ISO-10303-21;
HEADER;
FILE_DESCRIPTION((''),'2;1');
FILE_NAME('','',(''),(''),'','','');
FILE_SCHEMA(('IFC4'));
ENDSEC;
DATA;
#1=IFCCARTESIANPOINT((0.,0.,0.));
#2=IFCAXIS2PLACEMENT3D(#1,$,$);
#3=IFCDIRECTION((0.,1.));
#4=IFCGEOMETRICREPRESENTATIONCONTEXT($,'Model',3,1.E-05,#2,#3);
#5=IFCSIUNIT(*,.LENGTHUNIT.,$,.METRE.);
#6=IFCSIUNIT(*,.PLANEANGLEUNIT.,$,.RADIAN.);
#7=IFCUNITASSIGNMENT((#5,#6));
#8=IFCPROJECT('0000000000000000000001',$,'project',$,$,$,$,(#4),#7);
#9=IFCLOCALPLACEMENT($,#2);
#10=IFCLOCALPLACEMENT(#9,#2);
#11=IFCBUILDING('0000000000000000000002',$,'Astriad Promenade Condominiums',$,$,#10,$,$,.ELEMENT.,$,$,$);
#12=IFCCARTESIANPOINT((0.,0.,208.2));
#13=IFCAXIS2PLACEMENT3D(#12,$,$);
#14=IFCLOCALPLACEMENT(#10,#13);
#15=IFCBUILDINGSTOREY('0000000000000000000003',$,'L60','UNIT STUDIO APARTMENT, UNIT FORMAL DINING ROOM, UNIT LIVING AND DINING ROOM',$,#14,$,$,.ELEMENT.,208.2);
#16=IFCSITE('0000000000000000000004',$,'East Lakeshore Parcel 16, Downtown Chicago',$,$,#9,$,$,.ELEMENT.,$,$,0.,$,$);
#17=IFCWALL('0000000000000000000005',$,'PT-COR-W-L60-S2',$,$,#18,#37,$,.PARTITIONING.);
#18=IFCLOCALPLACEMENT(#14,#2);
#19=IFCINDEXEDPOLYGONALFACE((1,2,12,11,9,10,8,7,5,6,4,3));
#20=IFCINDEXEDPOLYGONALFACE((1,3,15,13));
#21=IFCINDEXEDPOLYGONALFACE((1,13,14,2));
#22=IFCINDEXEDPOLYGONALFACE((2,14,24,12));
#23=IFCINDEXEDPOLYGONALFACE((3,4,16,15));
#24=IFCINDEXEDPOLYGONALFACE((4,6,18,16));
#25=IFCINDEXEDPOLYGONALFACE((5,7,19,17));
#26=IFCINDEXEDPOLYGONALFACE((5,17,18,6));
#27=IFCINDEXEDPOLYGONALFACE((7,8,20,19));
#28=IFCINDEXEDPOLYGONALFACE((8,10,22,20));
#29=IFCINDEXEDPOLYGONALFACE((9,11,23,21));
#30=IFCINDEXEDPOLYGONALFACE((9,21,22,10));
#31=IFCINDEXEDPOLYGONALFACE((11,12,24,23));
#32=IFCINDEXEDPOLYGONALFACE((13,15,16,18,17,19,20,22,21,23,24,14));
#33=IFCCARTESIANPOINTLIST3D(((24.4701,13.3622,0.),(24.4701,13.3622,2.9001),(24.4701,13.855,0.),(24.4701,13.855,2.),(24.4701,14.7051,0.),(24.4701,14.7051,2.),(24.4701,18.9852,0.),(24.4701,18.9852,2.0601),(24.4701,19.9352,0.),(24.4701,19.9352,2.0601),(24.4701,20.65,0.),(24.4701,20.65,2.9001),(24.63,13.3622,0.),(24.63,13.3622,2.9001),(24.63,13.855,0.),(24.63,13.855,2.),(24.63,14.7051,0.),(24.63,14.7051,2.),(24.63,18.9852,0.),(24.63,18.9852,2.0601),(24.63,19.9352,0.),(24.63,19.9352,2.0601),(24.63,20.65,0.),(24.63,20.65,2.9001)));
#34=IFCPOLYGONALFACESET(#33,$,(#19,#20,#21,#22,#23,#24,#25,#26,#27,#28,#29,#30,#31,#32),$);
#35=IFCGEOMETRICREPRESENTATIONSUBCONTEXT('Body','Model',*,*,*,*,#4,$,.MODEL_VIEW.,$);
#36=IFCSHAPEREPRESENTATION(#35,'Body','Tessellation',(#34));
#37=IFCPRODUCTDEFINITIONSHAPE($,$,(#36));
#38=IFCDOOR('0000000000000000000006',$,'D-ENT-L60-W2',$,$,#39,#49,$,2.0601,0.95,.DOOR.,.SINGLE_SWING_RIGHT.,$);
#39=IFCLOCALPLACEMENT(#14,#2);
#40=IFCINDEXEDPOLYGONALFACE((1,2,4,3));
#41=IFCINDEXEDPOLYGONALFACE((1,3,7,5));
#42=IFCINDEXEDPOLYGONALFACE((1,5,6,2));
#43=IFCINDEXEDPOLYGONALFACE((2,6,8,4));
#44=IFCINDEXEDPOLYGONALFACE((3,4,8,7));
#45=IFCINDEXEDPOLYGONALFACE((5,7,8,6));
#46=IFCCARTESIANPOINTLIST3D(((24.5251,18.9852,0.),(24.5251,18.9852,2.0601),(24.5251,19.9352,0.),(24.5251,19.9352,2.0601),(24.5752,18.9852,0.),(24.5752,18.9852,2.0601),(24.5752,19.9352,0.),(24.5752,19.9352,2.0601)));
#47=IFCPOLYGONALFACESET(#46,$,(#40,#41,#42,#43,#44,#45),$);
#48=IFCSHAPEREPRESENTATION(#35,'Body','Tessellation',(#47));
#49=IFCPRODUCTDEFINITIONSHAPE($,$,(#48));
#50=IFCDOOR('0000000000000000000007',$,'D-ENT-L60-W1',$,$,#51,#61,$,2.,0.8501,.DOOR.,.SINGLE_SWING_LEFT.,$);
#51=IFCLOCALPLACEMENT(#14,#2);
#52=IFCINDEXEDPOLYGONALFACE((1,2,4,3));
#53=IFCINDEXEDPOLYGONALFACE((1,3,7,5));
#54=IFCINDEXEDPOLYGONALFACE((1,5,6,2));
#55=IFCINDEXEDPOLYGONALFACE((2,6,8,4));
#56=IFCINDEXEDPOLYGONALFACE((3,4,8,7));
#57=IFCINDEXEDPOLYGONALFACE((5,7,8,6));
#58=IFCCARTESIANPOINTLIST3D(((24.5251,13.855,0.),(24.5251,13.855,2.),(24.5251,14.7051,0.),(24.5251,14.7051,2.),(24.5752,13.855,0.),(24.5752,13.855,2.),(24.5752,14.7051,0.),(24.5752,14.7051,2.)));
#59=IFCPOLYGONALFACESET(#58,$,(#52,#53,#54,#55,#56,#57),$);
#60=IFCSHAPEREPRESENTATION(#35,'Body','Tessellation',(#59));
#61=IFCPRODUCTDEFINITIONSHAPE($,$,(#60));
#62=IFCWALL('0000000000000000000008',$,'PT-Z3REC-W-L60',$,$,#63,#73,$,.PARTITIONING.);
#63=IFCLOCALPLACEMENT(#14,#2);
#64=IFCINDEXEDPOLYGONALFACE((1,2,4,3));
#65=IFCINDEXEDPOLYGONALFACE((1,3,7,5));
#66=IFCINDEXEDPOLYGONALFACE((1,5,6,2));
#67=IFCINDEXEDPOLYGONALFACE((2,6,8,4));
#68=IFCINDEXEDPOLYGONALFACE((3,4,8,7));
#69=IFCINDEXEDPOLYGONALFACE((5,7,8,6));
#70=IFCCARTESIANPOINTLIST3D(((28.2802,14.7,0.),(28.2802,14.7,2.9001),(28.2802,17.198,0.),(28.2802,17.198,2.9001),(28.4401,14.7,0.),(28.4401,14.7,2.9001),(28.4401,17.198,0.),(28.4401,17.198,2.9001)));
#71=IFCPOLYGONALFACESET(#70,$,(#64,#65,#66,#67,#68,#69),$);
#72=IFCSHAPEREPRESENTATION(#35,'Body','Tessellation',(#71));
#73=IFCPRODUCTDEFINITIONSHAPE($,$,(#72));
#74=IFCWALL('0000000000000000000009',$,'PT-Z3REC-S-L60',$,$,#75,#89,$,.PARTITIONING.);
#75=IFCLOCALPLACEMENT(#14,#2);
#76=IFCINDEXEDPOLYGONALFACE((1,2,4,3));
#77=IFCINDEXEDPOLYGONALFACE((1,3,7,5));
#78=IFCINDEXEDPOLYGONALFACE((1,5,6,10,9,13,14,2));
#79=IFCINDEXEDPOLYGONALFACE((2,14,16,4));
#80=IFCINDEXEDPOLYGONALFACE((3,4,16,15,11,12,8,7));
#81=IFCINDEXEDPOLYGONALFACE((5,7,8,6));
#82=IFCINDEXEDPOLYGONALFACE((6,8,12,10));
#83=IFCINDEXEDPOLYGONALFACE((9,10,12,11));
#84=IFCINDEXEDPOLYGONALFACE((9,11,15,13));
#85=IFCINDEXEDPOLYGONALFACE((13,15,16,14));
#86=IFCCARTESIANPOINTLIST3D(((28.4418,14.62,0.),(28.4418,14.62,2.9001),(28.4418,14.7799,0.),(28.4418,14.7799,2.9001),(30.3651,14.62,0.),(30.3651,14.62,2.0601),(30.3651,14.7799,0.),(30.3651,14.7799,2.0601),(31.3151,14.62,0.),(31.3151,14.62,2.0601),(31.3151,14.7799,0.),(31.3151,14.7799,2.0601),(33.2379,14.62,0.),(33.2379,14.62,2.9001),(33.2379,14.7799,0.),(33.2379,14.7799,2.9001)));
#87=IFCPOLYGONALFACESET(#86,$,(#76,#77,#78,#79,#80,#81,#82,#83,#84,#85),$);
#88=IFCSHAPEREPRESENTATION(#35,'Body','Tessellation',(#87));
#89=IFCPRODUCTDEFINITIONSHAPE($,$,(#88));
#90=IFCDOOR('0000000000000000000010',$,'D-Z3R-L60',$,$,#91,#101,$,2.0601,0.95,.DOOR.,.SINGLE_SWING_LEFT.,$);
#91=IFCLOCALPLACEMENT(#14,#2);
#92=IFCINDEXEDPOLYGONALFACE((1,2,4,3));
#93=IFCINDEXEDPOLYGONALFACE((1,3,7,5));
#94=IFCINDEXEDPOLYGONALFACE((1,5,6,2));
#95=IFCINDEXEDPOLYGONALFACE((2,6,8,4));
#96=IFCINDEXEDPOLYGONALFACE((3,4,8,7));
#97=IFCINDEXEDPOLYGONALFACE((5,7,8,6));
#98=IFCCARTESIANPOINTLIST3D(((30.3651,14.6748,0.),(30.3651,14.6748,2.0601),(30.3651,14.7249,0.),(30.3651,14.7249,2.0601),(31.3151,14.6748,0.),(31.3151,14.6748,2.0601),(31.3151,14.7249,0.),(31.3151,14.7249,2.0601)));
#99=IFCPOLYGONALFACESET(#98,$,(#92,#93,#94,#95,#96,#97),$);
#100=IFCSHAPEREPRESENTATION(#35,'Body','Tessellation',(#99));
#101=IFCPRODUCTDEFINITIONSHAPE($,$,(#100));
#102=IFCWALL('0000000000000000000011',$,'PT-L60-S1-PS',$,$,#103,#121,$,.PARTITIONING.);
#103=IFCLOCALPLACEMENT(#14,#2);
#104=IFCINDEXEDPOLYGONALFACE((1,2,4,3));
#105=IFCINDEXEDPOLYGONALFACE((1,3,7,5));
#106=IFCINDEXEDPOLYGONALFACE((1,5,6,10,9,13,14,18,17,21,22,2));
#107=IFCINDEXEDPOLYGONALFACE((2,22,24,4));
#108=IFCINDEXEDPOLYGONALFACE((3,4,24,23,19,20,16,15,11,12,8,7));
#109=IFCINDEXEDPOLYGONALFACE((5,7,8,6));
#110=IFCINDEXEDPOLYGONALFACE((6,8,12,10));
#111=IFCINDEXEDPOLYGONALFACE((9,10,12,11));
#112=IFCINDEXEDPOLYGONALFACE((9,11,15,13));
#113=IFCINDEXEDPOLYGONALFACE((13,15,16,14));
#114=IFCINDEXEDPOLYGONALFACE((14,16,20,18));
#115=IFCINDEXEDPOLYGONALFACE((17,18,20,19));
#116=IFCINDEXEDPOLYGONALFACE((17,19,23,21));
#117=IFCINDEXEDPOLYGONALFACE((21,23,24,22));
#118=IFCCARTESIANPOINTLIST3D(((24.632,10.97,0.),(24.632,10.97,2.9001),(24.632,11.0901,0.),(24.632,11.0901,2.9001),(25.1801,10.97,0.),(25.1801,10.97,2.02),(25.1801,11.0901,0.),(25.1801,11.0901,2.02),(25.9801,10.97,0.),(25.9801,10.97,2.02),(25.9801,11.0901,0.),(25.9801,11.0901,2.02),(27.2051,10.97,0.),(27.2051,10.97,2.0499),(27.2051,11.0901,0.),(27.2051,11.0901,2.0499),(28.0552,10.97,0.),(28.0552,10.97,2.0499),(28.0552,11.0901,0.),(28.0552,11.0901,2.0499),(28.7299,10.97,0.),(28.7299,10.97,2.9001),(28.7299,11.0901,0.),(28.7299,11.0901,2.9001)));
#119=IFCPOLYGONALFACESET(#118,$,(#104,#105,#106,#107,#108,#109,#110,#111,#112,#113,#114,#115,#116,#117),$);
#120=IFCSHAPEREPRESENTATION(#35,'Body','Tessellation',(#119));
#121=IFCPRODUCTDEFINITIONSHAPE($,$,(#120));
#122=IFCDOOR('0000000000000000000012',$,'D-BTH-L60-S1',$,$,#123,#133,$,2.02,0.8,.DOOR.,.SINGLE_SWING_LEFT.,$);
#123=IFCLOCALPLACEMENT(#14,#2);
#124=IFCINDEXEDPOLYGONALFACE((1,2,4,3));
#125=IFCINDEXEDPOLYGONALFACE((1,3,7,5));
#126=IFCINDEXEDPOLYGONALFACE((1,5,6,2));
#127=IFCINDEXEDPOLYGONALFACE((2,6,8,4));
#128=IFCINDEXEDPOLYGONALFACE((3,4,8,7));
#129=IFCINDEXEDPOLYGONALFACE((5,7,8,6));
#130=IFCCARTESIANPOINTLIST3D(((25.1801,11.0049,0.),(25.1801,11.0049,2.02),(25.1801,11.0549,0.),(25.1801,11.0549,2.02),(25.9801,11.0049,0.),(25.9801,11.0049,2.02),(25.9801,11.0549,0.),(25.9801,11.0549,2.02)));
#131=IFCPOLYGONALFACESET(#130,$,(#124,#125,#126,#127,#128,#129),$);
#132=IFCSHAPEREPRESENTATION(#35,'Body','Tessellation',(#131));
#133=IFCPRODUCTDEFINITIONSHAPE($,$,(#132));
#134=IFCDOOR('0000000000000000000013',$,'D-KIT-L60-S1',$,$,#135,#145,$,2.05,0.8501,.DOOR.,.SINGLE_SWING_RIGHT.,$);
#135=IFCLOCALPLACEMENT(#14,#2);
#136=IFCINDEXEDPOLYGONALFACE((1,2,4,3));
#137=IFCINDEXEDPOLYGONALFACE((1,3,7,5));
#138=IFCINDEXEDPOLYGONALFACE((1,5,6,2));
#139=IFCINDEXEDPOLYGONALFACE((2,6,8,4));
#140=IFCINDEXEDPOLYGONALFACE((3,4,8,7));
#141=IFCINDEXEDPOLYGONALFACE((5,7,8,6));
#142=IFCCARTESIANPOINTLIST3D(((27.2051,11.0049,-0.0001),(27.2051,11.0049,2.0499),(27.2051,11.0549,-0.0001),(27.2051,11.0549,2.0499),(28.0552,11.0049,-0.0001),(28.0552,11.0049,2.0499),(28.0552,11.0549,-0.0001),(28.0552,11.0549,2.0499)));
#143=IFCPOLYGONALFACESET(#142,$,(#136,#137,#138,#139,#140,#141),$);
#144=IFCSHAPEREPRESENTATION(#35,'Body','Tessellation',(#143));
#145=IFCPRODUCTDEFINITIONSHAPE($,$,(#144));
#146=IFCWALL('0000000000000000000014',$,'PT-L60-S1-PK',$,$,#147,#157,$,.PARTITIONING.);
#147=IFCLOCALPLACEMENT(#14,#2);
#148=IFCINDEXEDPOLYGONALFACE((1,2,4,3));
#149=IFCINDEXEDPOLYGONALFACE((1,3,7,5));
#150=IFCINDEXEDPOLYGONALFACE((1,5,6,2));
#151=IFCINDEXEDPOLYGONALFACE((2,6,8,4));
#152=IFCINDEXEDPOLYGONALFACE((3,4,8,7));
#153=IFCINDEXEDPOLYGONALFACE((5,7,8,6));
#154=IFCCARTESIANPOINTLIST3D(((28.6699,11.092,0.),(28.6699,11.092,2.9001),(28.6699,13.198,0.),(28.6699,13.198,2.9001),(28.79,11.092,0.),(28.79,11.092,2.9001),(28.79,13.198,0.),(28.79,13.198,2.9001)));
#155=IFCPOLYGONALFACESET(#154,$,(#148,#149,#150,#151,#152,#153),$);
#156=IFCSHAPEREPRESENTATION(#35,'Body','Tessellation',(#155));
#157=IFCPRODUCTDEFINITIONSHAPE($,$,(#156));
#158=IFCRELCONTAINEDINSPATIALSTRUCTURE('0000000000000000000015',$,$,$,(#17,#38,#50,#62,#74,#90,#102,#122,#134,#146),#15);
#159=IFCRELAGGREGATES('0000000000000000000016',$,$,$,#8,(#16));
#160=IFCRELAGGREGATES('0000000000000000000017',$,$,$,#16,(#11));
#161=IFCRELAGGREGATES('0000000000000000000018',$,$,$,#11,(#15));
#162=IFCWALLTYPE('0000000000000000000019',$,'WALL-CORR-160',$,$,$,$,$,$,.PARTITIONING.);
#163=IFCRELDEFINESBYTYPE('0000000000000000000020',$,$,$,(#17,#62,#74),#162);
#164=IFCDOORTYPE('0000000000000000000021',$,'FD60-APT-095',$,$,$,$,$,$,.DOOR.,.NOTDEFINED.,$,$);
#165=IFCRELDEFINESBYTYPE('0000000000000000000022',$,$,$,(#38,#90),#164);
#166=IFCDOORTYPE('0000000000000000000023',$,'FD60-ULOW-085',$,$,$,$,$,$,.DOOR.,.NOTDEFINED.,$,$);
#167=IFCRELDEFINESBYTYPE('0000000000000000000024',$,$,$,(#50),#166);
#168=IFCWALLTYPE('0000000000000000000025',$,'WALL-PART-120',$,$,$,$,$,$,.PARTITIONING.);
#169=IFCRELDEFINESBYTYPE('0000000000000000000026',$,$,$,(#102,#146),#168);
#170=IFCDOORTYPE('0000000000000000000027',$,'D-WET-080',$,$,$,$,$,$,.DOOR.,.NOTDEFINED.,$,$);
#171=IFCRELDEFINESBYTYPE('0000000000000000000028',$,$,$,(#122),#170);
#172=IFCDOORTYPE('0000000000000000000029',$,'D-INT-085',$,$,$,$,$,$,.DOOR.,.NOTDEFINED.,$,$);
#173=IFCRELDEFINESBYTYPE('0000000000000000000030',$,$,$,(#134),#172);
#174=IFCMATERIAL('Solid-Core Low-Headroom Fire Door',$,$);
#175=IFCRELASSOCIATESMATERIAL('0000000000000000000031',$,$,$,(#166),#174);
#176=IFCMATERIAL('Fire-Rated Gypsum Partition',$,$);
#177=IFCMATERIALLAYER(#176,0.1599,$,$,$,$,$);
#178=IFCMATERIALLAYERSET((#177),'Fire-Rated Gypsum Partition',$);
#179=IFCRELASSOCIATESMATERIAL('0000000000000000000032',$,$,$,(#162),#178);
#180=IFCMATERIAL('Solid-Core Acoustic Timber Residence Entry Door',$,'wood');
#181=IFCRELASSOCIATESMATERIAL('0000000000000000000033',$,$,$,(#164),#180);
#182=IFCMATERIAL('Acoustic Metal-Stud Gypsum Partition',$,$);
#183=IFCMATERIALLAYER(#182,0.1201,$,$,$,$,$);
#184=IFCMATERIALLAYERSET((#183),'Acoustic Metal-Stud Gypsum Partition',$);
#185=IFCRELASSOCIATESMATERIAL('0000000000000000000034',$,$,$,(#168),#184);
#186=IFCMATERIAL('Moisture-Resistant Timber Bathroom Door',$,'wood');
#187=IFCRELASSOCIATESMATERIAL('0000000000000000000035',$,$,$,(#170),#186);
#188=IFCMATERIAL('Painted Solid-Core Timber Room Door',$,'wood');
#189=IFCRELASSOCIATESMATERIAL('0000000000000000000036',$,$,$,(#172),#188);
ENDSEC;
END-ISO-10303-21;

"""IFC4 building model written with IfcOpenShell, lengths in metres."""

from ifc_helpers import new_model, si_unit, direction, frame, frame_2d, origin, place, context, subcontext, project, spatial, rectangle, extrude, source, transform, mapped, material, layer, layer_set, type_object, type_shapes, element, fill, save


model = new_model("IFC4")

# Units and contexts
model_context = context("Model", 3, precision=1e-05, world=origin(), true_north=direction((0.0, 1.0)))
body_context = subcontext(model_context, "Body", "Model", "MODEL_VIEW")
ifc_project = project(units=[si_unit("LENGTHUNIT", "METRE"), si_unit("PLANEANGLEUNIT", "RADIAN")], contexts=[model_context])

# Site, building, storey
site_placement = place(None, origin())
site = spatial("IfcSite", under=ifc_project, at=site_placement, Name="East Lakeshore Parcel 16, Downtown Chicago", CompositionType="ELEMENT", RefElevation=0.0)
building_placement = place(site_placement, origin())
building = spatial("IfcBuilding", under=site, at=building_placement, Name="Astriad Promenade Condominiums", CompositionType="ELEMENT")
storey_placement = place(building_placement, frame((0.0, 0.0, 208.2)))
storey = spatial("IfcBuildingStorey", under=building, at=storey_placement, Name="L60", Description="UNIT STUDIO APARTMENT, UNIT FORMAL DINING ROOM, UNIT LIVING AND DINING ROOM", CompositionType="ELEMENT", Elevation=208.2)

# Shared definitions
ifc_material_1 = material(Name="Solid-Core Low-Headroom Fire Door")
door_type_1 = type_object("IfcDoorType", Name="FD60-ULOW-085", OperationType="NOTDEFINED", PredefinedType="DOOR", material=ifc_material_1)
shared_shape_1 = source(origin(), body_context, "Body", "SweptSolid", [
    extrude(rectangle(XDim=0.8501, YDim=2.0, at=frame_2d((0.425, 1.0))), frame((0.0, 0.0249, 0.0), z_axis=(0.0, -1.0, 0.0), x_axis=(1.0, 0.0, 0.0)), (0.0, 0.0, 1.0), 0.05),
])
type_shapes(door_type_1, [shared_shape_1])
ifc_material_2 = material(Name="Fire-Rated Gypsum Partition")
ifc_layer_1 = layer(ifc_material_2, 0.1599)
ifc_layer_set_1 = layer_set([ifc_layer_1], Name="Fire-Rated Gypsum Partition")
wall_type_1 = type_object("IfcWallType", Name="WALL-CORR-160", PredefinedType="PARTITIONING", material=ifc_layer_set_1)
ifc_material_3 = material(Name="Solid-Core Acoustic Timber Residence Entry Door", Category="wood")
door_type_2 = type_object("IfcDoorType", Name="FD60-APT-095", OperationType="NOTDEFINED", PredefinedType="DOOR", material=ifc_material_3)
shared_shape_2 = source(origin(), body_context, "Body", "SweptSolid", [
    extrude(rectangle(XDim=0.95, YDim=2.0601, at=frame_2d((0.4751, 1.03))), frame((0.0, 0.0249, 0.0), z_axis=(0.0, -1.0, 0.0), x_axis=(1.0, 0.0, 0.0)), (0.0, 0.0, 1.0), 0.05),
])
type_shapes(door_type_2, [shared_shape_2])

# Wall, openings, doors
wall_1_placement = place(storey_placement, frame((24.55, 13.3621, 0.0), z_axis=(0.0, 0.0, 1.0), x_axis=(0.0, 1.0, 0.0)))
wall_1 = element("IfcWall", 1, at=wall_1_placement, inside=storey, type_object=wall_type_1, Name="PT-COR-W-L60-S2", PredefinedType="PARTITIONING", context=body_context, shape_type="SweptSolid", body=[
    extrude(rectangle(XDim=7.2878, YDim=0.1599, at=frame_2d((3.644, 0.0))), origin(), (0.0, 0.0, 1.0), 2.9001),
])
opening_1_placement = place(wall_1_placement, frame((0.4929, 0.0, 0.0)))
opening_1 = element("IfcOpeningElement", 2, at=opening_1_placement, cuts=wall_1, PredefinedType="OPENING", context=body_context, shape_type="SweptSolid", body=[
    extrude(rectangle(XDim=0.8501, YDim=2.0, at=frame_2d((0.425, 1.0))), frame((0.0, 0.0898, 0.0), z_axis=(0.0, -1.0, 0.0), x_axis=(1.0, 0.0, 0.0)), (0.0, 0.0, 1.0), 0.1799),
])
opening_2_placement = place(wall_1_placement, frame((5.623, 0.0, 0.0)))
opening_2 = element("IfcOpeningElement", 3, at=opening_2_placement, cuts=wall_1, PredefinedType="OPENING", context=body_context, shape_type="SweptSolid", body=[
    extrude(rectangle(XDim=0.95, YDim=2.0601, at=frame_2d((0.4751, 1.03))), frame((0.0, 0.0898, 0.0), z_axis=(0.0, -1.0, 0.0), x_axis=(1.0, 0.0, 0.0)), (0.0, 0.0, 1.0), 0.1799),
])
door_1_placement = place(opening_2_placement, origin())
door_1 = element("IfcDoor", 4, at=door_1_placement, inside=storey, type_object=door_type_2, Name="D-ENT-L60-W2", OperationType="SINGLE_SWING_RIGHT", OverallHeight=2.0601, OverallWidth=0.95, PredefinedType="DOOR", context=body_context, shape_type="MappedRepresentation", body=[
    mapped(shared_shape_2, transform((0.0, 0.0, 0.0), scale=1.0)),
])
fill(opening_2, door_1)
door_2_placement = place(opening_1_placement, origin())
door_2 = element("IfcDoor", 5, at=door_2_placement, inside=storey, type_object=door_type_1, Name="D-ENT-L60-W1", OperationType="SINGLE_SWING_LEFT", OverallHeight=2.0, OverallWidth=0.8501, PredefinedType="DOOR", context=body_context, shape_type="MappedRepresentation", body=[
    mapped(shared_shape_1, transform((0.0, 0.0, 0.0), scale=1.0)),
])
fill(opening_1, door_2)

# Wall
wall_2_placement = place(storey_placement, frame((28.3601, 14.7, 0.0), z_axis=(0.0, 0.0, 1.0), x_axis=(0.0, 1.0, 0.0)))
element("IfcWall", 6, at=wall_2_placement, inside=storey, type_object=wall_type_1, Name="PT-Z3REC-W-L60", PredefinedType="PARTITIONING", context=body_context, shape_type="SweptSolid", body=[
    extrude(rectangle(XDim=2.498, YDim=0.1599, at=frame_2d((1.249, 0.0))), origin(), (0.0, 0.0, 1.0), 2.9001),
])

# Wall, opening, door
wall_3_placement = place(storey_placement, frame((28.4419, 14.7, 0.0), z_axis=(0.0, 0.0, 1.0), x_axis=(1.0, 0.0, 0.0)))
wall_3 = element("IfcWall", 7, at=wall_3_placement, inside=storey, type_object=wall_type_1, Name="PT-Z3REC-S-L60", PredefinedType="PARTITIONING", context=body_context, shape_type="SweptSolid", body=[
    extrude(rectangle(XDim=4.7961, YDim=0.1599, at=frame_2d((2.3979, 0.0))), origin(), (0.0, 0.0, 1.0), 2.9001),
])
opening_3_placement = place(wall_3_placement, frame((1.9231, 0.0, 0.0)))
opening_3 = element("IfcOpeningElement", 8, at=opening_3_placement, cuts=wall_3, PredefinedType="OPENING", context=body_context, shape_type="SweptSolid", body=[
    extrude(rectangle(XDim=0.95, YDim=2.0601, at=frame_2d((0.4751, 1.03))), frame((0.0, 0.0898, 0.0), z_axis=(0.0, -1.0, 0.0), x_axis=(1.0, 0.0, 0.0)), (0.0, 0.0, 1.0), 0.1799),
])
door_3_placement = place(opening_3_placement, origin())
door_3 = element("IfcDoor", 9, at=door_3_placement, inside=storey, type_object=door_type_2, Name="D-Z3R-L60", OperationType="SINGLE_SWING_LEFT", OverallHeight=2.0601, OverallWidth=0.95, PredefinedType="DOOR", context=body_context, shape_type="MappedRepresentation", body=[
    mapped(shared_shape_2, transform((0.0, 0.0, 0.0), scale=1.0)),
])
fill(opening_3, door_3)

# Wall, openings, doors
ifc_material_4 = material(Name="Acoustic Metal-Stud Gypsum Partition")
ifc_layer_2 = layer(ifc_material_4, 0.1201)
ifc_layer_set_2 = layer_set([ifc_layer_2], Name="Acoustic Metal-Stud Gypsum Partition")
wall_type_2 = type_object("IfcWallType", Name="WALL-PART-120", PredefinedType="PARTITIONING", material=ifc_layer_set_2)
wall_4_placement = place(storey_placement, frame((24.6321, 11.03, 0.0), z_axis=(0.0, 0.0, 1.0), x_axis=(1.0, 0.0, 0.0)))
wall_4 = element("IfcWall", 10, at=wall_4_placement, inside=storey, type_object=wall_type_2, Name="PT-L60-S1-PS", PredefinedType="PARTITIONING", context=body_context, shape_type="SweptSolid", body=[
    extrude(rectangle(XDim=4.0979, YDim=0.1201, at=frame_2d((2.0488, 0.0))), origin(), (0.0, 0.0, 1.0), 2.9001),
])
opening_4_placement = place(wall_4_placement, frame((0.5481, 0.0, 0.0)))
opening_4 = element("IfcOpeningElement", 11, at=opening_4_placement, cuts=wall_4, PredefinedType="OPENING", context=body_context, shape_type="SweptSolid", body=[
    extrude(rectangle(XDim=0.8, YDim=2.02, at=frame_2d((0.3999, 1.01))), frame((0.0, 0.0701, 0.0), z_axis=(0.0, -1.0, 0.0), x_axis=(1.0, 0.0, 0.0)), (0.0, 0.0, 1.0), 0.1401),
])
opening_5_placement = place(wall_4_placement, frame((2.573, 0.0, 0.0)))
opening_5 = element("IfcOpeningElement", 12, at=opening_5_placement, cuts=wall_4, PredefinedType="OPENING", context=body_context, shape_type="SweptSolid", body=[
    extrude(rectangle(XDim=0.8501, YDim=2.05, at=frame_2d((0.425, 1.0249))), frame((0.0, 0.0701, 0.0), z_axis=(0.0, -1.0, 0.0), x_axis=(1.0, 0.0, 0.0)), (0.0, 0.0, 1.0), 0.1401),
])
ifc_material_5 = material(Name="Moisture-Resistant Timber Bathroom Door", Category="wood")
door_type_3 = type_object("IfcDoorType", Name="D-WET-080", OperationType="NOTDEFINED", PredefinedType="DOOR", material=ifc_material_5)
shared_shape_3 = source(origin(), body_context, "Body", "SweptSolid", [
    extrude(rectangle(XDim=0.8, YDim=2.02, at=frame_2d((0.3999, 1.01))), frame((0.0, 0.0249, 0.0), z_axis=(0.0, -1.0, 0.0), x_axis=(1.0, 0.0, 0.0)), (0.0, 0.0, 1.0), 0.05),
])
type_shapes(door_type_3, [shared_shape_3])
door_4_placement = place(opening_4_placement, origin())
door_4 = element("IfcDoor", 13, at=door_4_placement, inside=storey, type_object=door_type_3, Name="D-BTH-L60-S1", OperationType="SINGLE_SWING_LEFT", OverallHeight=2.02, OverallWidth=0.8, PredefinedType="DOOR", context=body_context, shape_type="MappedRepresentation", body=[
    mapped(shared_shape_3, transform((0.0, 0.0, 0.0), scale=1.0)),
])
fill(opening_4, door_4)
ifc_material_6 = material(Name="Painted Solid-Core Timber Room Door", Category="wood")
door_type_4 = type_object("IfcDoorType", Name="D-INT-085", OperationType="NOTDEFINED", PredefinedType="DOOR", material=ifc_material_6)
shared_shape_4 = source(origin(), body_context, "Body", "SweptSolid", [
    extrude(rectangle(XDim=0.8501, YDim=2.05, at=frame_2d((0.425, 1.0249))), frame((0.0, 0.0249, 0.0), z_axis=(0.0, -1.0, 0.0), x_axis=(1.0, 0.0, 0.0)), (0.0, 0.0, 1.0), 0.05),
])
type_shapes(door_type_4, [shared_shape_4])
door_5_placement = place(opening_5_placement, origin())
door_5 = element("IfcDoor", 14, at=door_5_placement, inside=storey, type_object=door_type_4, Name="D-KIT-L60-S1", OperationType="SINGLE_SWING_RIGHT", OverallHeight=2.05, OverallWidth=0.8501, PredefinedType="DOOR", context=body_context, shape_type="MappedRepresentation", body=[
    mapped(shared_shape_4, transform((0.0, 0.0, 0.0), scale=1.0)),
])
fill(opening_5, door_5)

# Wall
for number, where, z_axis, x_axis, name in (
    (15, (28.73, 11.092, 0.0), (0.0, 0.0, 1.0), (0.0, 1.0, 0.0), "PT-L60-S1-PK"),
):
    element("IfcWall", number, at=place(storey_placement, frame(where, z_axis=z_axis, x_axis=x_axis)), inside=storey, type_object=wall_type_2, Name=name, PredefinedType="PARTITIONING", context=body_context, shape_type="SweptSolid", body=[
        extrude(rectangle(XDim=2.106, YDim=0.1201, at=frame_2d((1.053, 0.0))), origin(), (0.0, 0.0, 1.0), 2.9001),
    ])

save(model, "model.ifc")
